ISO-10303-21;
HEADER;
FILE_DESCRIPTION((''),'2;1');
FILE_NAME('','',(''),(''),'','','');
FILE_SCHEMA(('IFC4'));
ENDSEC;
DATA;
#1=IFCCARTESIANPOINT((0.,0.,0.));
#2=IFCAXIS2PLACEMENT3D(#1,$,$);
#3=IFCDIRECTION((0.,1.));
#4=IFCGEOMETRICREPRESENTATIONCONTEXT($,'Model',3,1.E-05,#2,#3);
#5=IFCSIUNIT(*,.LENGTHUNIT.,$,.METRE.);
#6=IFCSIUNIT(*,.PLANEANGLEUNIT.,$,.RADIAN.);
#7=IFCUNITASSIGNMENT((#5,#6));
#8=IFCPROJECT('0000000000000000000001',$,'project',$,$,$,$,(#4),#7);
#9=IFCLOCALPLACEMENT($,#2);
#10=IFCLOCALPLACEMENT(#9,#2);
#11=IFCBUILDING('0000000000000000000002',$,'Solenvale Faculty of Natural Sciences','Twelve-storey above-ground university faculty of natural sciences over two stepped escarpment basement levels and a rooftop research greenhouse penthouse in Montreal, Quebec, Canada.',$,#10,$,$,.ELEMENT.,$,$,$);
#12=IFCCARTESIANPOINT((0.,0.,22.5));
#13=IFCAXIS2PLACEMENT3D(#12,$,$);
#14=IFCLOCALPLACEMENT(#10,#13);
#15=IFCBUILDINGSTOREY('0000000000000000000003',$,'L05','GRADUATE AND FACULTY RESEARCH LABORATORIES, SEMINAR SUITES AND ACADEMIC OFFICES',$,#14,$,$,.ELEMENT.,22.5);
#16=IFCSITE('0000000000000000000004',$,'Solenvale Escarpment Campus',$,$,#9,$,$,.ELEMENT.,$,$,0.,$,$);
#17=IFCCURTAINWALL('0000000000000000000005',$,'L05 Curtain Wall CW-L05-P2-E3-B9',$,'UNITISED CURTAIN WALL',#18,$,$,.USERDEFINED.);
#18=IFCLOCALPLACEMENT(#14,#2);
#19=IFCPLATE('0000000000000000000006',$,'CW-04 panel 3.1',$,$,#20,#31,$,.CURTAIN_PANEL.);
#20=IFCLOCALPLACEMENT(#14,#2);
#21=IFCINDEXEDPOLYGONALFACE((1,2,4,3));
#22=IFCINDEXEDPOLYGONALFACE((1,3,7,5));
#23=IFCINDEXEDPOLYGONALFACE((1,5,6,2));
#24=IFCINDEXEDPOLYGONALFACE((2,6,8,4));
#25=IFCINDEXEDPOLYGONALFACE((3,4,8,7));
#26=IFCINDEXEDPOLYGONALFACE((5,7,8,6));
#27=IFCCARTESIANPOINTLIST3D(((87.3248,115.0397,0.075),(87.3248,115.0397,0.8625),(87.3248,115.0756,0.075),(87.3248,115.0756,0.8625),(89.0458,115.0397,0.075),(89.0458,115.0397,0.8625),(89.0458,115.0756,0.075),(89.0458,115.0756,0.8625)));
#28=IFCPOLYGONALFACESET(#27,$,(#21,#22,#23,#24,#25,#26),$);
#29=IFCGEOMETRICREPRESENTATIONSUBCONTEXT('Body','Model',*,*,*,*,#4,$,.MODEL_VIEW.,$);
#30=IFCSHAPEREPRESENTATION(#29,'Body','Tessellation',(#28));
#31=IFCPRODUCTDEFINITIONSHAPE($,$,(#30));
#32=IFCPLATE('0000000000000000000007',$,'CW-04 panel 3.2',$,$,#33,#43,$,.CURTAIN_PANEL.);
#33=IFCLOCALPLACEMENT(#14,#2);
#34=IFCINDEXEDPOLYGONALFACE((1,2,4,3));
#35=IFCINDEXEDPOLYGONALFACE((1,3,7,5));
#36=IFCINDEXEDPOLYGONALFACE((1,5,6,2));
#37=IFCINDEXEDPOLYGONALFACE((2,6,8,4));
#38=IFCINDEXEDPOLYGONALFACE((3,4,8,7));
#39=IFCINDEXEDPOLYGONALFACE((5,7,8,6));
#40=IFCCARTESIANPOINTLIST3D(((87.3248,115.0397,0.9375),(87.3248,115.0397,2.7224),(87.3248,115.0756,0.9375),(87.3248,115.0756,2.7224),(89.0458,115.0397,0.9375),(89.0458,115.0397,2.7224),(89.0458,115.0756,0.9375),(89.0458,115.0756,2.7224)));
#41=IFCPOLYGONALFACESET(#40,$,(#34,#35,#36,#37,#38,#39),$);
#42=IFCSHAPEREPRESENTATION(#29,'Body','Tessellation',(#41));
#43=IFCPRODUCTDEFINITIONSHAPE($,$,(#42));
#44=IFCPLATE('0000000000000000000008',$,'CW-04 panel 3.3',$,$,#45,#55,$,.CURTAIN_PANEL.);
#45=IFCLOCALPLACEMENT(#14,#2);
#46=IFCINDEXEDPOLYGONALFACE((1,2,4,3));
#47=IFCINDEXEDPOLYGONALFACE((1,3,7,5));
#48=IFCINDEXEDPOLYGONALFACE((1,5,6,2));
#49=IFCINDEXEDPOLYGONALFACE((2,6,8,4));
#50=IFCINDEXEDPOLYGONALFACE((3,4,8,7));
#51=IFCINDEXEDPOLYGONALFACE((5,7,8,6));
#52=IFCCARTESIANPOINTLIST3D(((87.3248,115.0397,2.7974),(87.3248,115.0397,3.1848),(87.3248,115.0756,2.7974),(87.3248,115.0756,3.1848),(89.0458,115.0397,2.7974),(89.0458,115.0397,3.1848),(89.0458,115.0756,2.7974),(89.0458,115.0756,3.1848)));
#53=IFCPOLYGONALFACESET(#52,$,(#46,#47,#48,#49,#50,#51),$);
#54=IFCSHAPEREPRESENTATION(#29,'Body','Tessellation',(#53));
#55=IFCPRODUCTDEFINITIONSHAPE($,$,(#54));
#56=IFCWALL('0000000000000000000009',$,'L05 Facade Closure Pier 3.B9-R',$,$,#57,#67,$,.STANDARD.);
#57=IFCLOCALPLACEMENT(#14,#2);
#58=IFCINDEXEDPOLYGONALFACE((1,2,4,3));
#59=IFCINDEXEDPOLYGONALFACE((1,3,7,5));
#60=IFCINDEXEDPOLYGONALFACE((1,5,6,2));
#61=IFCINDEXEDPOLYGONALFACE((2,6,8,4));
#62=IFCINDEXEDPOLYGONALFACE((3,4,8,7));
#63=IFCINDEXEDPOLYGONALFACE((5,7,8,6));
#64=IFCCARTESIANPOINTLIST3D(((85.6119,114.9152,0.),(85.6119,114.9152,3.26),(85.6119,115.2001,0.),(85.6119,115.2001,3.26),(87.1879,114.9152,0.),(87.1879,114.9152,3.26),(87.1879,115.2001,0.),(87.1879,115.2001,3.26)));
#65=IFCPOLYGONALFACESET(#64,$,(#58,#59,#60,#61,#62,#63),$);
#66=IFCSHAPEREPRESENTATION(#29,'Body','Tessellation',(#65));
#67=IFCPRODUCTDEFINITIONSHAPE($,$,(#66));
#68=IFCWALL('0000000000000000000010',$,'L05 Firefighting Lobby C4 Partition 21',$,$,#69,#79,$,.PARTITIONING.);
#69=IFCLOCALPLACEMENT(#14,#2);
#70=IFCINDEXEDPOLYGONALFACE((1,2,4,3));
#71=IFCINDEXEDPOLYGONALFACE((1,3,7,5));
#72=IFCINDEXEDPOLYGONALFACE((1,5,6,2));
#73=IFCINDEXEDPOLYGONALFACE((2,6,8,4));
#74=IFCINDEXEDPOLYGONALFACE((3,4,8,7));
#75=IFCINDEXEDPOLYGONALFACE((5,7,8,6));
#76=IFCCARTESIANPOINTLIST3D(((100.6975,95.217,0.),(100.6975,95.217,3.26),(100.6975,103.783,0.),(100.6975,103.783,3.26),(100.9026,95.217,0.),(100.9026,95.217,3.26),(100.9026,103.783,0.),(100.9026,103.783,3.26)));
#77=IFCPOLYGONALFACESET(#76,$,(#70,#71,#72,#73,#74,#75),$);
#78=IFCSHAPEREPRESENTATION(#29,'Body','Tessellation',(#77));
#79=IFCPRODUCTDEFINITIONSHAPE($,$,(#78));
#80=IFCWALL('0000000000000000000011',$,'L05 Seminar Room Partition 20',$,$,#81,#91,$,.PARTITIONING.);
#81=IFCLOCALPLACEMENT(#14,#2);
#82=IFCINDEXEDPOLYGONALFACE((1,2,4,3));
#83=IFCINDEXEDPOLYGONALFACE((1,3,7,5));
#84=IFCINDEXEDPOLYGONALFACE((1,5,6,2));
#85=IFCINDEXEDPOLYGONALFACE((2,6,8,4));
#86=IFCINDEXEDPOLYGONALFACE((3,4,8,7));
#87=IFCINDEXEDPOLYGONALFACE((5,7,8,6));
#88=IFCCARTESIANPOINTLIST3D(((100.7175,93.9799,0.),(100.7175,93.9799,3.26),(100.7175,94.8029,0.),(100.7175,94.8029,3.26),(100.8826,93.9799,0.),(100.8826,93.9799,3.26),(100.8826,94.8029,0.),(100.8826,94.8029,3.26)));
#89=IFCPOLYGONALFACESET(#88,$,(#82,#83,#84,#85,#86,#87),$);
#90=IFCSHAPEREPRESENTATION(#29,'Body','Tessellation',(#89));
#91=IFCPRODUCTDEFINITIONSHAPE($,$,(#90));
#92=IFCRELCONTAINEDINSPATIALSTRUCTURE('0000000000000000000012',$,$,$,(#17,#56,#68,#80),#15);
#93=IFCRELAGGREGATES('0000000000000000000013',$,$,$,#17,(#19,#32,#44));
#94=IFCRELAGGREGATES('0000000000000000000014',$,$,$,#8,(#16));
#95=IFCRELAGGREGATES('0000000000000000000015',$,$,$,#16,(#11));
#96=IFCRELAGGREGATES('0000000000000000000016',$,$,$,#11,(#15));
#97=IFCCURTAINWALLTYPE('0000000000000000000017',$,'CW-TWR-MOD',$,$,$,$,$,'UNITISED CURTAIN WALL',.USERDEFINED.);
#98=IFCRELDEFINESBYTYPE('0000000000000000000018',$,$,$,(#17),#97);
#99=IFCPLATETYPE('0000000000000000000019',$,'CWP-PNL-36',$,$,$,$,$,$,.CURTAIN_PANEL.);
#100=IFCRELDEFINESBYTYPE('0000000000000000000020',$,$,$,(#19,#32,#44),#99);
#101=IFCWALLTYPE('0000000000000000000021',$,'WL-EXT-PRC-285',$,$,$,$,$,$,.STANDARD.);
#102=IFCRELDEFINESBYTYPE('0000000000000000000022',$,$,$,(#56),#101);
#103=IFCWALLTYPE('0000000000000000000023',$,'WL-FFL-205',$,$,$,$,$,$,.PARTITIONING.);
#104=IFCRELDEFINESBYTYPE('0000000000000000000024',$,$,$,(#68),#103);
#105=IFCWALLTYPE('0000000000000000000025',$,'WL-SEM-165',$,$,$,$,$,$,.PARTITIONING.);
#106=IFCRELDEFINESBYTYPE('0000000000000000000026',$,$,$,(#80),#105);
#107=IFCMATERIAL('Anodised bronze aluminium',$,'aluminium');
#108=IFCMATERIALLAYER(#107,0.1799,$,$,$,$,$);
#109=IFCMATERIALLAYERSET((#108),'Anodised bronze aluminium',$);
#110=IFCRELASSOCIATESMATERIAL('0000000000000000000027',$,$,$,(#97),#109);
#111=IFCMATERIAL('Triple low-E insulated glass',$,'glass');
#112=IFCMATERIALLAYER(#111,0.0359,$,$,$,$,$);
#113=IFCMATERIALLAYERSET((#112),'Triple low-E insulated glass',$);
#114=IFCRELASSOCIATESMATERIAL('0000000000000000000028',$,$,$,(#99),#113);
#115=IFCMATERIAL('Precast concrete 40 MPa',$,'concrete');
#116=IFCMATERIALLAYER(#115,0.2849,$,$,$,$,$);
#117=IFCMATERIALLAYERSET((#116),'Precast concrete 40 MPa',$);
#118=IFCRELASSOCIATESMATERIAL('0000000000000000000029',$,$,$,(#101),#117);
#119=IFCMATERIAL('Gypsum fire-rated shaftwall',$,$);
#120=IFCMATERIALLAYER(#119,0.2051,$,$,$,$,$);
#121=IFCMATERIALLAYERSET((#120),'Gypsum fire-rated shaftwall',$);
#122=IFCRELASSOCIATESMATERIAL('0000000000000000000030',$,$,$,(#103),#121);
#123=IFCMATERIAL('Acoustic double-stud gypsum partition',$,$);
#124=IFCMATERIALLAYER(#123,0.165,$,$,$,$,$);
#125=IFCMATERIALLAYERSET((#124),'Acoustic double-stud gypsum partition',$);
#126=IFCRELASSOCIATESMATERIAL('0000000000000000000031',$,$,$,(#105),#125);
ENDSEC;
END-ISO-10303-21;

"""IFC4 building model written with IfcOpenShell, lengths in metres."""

from ifc_helpers import new_model, si_unit, direction, frame, frame_2d, origin, origin_2d, place, context, subcontext, project, spatial, rectangle, extrude, material, layer, layer_set, type_object, element, aggregate, save


model = new_model("IFC4")

# Units and contexts
model_context = context("Model", 3, precision=1e-05, world=origin(), true_north=direction((0.0, 1.0)))
body_context = subcontext(model_context, "Body", "Model", "MODEL_VIEW")
ifc_project = project(units=[si_unit("LENGTHUNIT", "METRE"), si_unit("PLANEANGLEUNIT", "RADIAN")], contexts=[model_context])

# Site, building, storey
site_placement = place(None, origin())
site = spatial("IfcSite", under=ifc_project, at=site_placement, Name="Solenvale Escarpment Campus", CompositionType="ELEMENT", RefElevation=0.0)
building_placement = place(site_placement, origin())
building = spatial("IfcBuilding", under=site, at=building_placement, Name="Solenvale Faculty of Natural Sciences", Description="Twelve-storey above-ground university faculty of natural sciences over two stepped escarpment basement levels and a rooftop research greenhouse penthouse in Montreal, Quebec, Canada.", CompositionType="ELEMENT")
storey_placement = place(building_placement, frame((0.0, 0.0, 22.5)))
storey = spatial("IfcBuildingStorey", under=building, at=storey_placement, Name="L05", Description="GRADUATE AND FACULTY RESEARCH LABORATORIES, SEMINAR SUITES AND ACADEMIC OFFICES", CompositionType="ELEMENT", Elevation=22.5)

# Curtain wall, plates
ifc_material_1 = material(Name="Anodised bronze aluminium", Category="aluminium")
ifc_layer_1 = layer(ifc_material_1, 0.1799)
ifc_layer_set_1 = layer_set([ifc_layer_1], Name="Anodised bronze aluminium")
curtain_wall_type = type_object("IfcCurtainWallType", Name="CW-TWR-MOD", ElementType="UNITISED CURTAIN WALL", PredefinedType="USERDEFINED", material=ifc_layer_set_1)
curtain_wall_placement = place(storey_placement, origin())
curtain_wall = element("IfcCurtainWall", 1, at=curtain_wall_placement, inside=storey, type_object=curtain_wall_type, Name="L05 Curtain Wall CW-L05-P2-E3-B9", ObjectType="UNITISED CURTAIN WALL", PredefinedType="USERDEFINED")
ifc_material_2 = material(Name="Triple low-E insulated glass", Category="glass")
ifc_layer_2 = layer(ifc_material_2, 0.0359)
ifc_layer_set_2 = layer_set([ifc_layer_2], Name="Triple low-E insulated glass")
plate_type = type_object("IfcPlateType", Name="CWP-PNL-36", PredefinedType="CURTAIN_PANEL", material=ifc_layer_set_2)
plate_1_placement = place(storey_placement, frame((88.1853, 115.0576, 0.075), z_axis=(0.0, 0.0, 1.0), x_axis=(-1.0, 0.0, 0.0)))
plate_1 = element("IfcPlate", 2, at=plate_1_placement, type_object=plate_type, Name="CW-04 panel 3.1", PredefinedType="CURTAIN_PANEL", context=body_context, shape_type="SweptSolid", body=[
    extrude(rectangle(XDim=1.7209, YDim=0.0359, at=origin_2d()), origin(), (0.0, 0.0, 1.0), 0.7876),
])
plate_2_placement = place(storey_placement, frame((88.1853, 115.0576, 0.9375), z_axis=(0.0, 0.0, 1.0), x_axis=(-1.0, 0.0, 0.0)))
plate_2 = element("IfcPlate", 3, at=plate_2_placement, type_object=plate_type, Name="CW-04 panel 3.2", PredefinedType="CURTAIN_PANEL", context=body_context, shape_type="SweptSolid", body=[
    extrude(rectangle(XDim=1.7209, YDim=0.0359, at=origin_2d()), origin(), (0.0, 0.0, 1.0), 1.7849),
])
plate_3_placement = place(storey_placement, frame((88.1853, 115.0576, 2.7974), z_axis=(0.0, 0.0, 1.0), x_axis=(-1.0, 0.0, 0.0)))
plate_3 = element("IfcPlate", 4, at=plate_3_placement, type_object=plate_type, Name="CW-04 panel 3.3", PredefinedType="CURTAIN_PANEL", context=body_context, shape_type="SweptSolid", body=[
    extrude(rectangle(XDim=1.7209, YDim=0.0359, at=origin_2d()), origin(), (0.0, 0.0, 1.0), 0.3875),
])
aggregate(curtain_wall, [plate_1, plate_2, plate_3])

# Walls
ifc_material_3 = material(Name="Precast concrete 40 MPa", Category="concrete")
ifc_layer_3 = layer(ifc_material_3, 0.2849)
ifc_layer_set_3 = layer_set([ifc_layer_3], Name="Precast concrete 40 MPa")
wall_type_1 = type_object("IfcWallType", Name="WL-EXT-PRC-285", PredefinedType="STANDARD", material=ifc_layer_set_3)
wall_1_placement = place(storey_placement, frame((87.188, 115.0576, 0.0), z_axis=(0.0, 0.0, 1.0), x_axis=(-1.0, 0.0, 0.0)))
element("IfcWall", 5, at=wall_1_placement, inside=storey, type_object=wall_type_1, Name="L05 Facade Closure Pier 3.B9-R", PredefinedType="STANDARD", context=body_context, shape_type="SweptSolid", body=[
    extrude(rectangle(XDim=1.5759, YDim=0.2849, at=frame_2d((0.7881, 0.0))), origin(), (0.0, 0.0, 1.0), 3.26),
])
ifc_material_4 = material(Name="Gypsum fire-rated shaftwall")
ifc_layer_4 = layer(ifc_material_4, 0.2051)
ifc_layer_set_4 = layer_set([ifc_layer_4], Name="Gypsum fire-rated shaftwall")
wall_type_2 = type_object("IfcWallType", Name="WL-FFL-205", PredefinedType="PARTITIONING", material=ifc_layer_set_4)
wall_2_placement = place(storey_placement, frame((100.8, 95.217, 0.0), z_axis=(0.0, 0.0, 1.0), x_axis=(0.0, 1.0, 0.0)))
element("IfcWall", 6, at=wall_2_placement, inside=storey, type_object=wall_type_2, Name="L05 Firefighting Lobby C4 Partition 21", PredefinedType="PARTITIONING", context=body_context, shape_type="SweptSolid", body=[
    extrude(rectangle(XDim=8.5659, YDim=0.2051, at=frame_2d((4.283, 0.0))), origin(), (0.0, 0.0, 1.0), 3.26),
])
ifc_material_5 = material(Name="Acoustic double-stud gypsum partition")
ifc_layer_5 = layer(ifc_material_5, 0.165)
ifc_layer_set_5 = layer_set([ifc_layer_5], Name="Acoustic double-stud gypsum partition")
wall_type_3 = type_object("IfcWallType", Name="WL-SEM-165", PredefinedType="PARTITIONING", material=ifc_layer_set_5)
wall_3_placement = place(storey_placement, frame((100.8, 94.803, 0.0), z_axis=(0.0, 0.0, 1.0), x_axis=(0.0, -1.0, 0.0)))
element("IfcWall", 7, at=wall_3_placement, inside=storey, type_object=wall_type_3, Name="L05 Seminar Room Partition 20", PredefinedType="PARTITIONING", context=body_context, shape_type="SweptSolid", body=[
    extrude(rectangle(XDim=0.823, YDim=0.165, at=frame_2d((0.4116, 0.0))), origin(), (0.0, 0.0, 1.0), 3.26),
])

save(model, "model.ifc")
